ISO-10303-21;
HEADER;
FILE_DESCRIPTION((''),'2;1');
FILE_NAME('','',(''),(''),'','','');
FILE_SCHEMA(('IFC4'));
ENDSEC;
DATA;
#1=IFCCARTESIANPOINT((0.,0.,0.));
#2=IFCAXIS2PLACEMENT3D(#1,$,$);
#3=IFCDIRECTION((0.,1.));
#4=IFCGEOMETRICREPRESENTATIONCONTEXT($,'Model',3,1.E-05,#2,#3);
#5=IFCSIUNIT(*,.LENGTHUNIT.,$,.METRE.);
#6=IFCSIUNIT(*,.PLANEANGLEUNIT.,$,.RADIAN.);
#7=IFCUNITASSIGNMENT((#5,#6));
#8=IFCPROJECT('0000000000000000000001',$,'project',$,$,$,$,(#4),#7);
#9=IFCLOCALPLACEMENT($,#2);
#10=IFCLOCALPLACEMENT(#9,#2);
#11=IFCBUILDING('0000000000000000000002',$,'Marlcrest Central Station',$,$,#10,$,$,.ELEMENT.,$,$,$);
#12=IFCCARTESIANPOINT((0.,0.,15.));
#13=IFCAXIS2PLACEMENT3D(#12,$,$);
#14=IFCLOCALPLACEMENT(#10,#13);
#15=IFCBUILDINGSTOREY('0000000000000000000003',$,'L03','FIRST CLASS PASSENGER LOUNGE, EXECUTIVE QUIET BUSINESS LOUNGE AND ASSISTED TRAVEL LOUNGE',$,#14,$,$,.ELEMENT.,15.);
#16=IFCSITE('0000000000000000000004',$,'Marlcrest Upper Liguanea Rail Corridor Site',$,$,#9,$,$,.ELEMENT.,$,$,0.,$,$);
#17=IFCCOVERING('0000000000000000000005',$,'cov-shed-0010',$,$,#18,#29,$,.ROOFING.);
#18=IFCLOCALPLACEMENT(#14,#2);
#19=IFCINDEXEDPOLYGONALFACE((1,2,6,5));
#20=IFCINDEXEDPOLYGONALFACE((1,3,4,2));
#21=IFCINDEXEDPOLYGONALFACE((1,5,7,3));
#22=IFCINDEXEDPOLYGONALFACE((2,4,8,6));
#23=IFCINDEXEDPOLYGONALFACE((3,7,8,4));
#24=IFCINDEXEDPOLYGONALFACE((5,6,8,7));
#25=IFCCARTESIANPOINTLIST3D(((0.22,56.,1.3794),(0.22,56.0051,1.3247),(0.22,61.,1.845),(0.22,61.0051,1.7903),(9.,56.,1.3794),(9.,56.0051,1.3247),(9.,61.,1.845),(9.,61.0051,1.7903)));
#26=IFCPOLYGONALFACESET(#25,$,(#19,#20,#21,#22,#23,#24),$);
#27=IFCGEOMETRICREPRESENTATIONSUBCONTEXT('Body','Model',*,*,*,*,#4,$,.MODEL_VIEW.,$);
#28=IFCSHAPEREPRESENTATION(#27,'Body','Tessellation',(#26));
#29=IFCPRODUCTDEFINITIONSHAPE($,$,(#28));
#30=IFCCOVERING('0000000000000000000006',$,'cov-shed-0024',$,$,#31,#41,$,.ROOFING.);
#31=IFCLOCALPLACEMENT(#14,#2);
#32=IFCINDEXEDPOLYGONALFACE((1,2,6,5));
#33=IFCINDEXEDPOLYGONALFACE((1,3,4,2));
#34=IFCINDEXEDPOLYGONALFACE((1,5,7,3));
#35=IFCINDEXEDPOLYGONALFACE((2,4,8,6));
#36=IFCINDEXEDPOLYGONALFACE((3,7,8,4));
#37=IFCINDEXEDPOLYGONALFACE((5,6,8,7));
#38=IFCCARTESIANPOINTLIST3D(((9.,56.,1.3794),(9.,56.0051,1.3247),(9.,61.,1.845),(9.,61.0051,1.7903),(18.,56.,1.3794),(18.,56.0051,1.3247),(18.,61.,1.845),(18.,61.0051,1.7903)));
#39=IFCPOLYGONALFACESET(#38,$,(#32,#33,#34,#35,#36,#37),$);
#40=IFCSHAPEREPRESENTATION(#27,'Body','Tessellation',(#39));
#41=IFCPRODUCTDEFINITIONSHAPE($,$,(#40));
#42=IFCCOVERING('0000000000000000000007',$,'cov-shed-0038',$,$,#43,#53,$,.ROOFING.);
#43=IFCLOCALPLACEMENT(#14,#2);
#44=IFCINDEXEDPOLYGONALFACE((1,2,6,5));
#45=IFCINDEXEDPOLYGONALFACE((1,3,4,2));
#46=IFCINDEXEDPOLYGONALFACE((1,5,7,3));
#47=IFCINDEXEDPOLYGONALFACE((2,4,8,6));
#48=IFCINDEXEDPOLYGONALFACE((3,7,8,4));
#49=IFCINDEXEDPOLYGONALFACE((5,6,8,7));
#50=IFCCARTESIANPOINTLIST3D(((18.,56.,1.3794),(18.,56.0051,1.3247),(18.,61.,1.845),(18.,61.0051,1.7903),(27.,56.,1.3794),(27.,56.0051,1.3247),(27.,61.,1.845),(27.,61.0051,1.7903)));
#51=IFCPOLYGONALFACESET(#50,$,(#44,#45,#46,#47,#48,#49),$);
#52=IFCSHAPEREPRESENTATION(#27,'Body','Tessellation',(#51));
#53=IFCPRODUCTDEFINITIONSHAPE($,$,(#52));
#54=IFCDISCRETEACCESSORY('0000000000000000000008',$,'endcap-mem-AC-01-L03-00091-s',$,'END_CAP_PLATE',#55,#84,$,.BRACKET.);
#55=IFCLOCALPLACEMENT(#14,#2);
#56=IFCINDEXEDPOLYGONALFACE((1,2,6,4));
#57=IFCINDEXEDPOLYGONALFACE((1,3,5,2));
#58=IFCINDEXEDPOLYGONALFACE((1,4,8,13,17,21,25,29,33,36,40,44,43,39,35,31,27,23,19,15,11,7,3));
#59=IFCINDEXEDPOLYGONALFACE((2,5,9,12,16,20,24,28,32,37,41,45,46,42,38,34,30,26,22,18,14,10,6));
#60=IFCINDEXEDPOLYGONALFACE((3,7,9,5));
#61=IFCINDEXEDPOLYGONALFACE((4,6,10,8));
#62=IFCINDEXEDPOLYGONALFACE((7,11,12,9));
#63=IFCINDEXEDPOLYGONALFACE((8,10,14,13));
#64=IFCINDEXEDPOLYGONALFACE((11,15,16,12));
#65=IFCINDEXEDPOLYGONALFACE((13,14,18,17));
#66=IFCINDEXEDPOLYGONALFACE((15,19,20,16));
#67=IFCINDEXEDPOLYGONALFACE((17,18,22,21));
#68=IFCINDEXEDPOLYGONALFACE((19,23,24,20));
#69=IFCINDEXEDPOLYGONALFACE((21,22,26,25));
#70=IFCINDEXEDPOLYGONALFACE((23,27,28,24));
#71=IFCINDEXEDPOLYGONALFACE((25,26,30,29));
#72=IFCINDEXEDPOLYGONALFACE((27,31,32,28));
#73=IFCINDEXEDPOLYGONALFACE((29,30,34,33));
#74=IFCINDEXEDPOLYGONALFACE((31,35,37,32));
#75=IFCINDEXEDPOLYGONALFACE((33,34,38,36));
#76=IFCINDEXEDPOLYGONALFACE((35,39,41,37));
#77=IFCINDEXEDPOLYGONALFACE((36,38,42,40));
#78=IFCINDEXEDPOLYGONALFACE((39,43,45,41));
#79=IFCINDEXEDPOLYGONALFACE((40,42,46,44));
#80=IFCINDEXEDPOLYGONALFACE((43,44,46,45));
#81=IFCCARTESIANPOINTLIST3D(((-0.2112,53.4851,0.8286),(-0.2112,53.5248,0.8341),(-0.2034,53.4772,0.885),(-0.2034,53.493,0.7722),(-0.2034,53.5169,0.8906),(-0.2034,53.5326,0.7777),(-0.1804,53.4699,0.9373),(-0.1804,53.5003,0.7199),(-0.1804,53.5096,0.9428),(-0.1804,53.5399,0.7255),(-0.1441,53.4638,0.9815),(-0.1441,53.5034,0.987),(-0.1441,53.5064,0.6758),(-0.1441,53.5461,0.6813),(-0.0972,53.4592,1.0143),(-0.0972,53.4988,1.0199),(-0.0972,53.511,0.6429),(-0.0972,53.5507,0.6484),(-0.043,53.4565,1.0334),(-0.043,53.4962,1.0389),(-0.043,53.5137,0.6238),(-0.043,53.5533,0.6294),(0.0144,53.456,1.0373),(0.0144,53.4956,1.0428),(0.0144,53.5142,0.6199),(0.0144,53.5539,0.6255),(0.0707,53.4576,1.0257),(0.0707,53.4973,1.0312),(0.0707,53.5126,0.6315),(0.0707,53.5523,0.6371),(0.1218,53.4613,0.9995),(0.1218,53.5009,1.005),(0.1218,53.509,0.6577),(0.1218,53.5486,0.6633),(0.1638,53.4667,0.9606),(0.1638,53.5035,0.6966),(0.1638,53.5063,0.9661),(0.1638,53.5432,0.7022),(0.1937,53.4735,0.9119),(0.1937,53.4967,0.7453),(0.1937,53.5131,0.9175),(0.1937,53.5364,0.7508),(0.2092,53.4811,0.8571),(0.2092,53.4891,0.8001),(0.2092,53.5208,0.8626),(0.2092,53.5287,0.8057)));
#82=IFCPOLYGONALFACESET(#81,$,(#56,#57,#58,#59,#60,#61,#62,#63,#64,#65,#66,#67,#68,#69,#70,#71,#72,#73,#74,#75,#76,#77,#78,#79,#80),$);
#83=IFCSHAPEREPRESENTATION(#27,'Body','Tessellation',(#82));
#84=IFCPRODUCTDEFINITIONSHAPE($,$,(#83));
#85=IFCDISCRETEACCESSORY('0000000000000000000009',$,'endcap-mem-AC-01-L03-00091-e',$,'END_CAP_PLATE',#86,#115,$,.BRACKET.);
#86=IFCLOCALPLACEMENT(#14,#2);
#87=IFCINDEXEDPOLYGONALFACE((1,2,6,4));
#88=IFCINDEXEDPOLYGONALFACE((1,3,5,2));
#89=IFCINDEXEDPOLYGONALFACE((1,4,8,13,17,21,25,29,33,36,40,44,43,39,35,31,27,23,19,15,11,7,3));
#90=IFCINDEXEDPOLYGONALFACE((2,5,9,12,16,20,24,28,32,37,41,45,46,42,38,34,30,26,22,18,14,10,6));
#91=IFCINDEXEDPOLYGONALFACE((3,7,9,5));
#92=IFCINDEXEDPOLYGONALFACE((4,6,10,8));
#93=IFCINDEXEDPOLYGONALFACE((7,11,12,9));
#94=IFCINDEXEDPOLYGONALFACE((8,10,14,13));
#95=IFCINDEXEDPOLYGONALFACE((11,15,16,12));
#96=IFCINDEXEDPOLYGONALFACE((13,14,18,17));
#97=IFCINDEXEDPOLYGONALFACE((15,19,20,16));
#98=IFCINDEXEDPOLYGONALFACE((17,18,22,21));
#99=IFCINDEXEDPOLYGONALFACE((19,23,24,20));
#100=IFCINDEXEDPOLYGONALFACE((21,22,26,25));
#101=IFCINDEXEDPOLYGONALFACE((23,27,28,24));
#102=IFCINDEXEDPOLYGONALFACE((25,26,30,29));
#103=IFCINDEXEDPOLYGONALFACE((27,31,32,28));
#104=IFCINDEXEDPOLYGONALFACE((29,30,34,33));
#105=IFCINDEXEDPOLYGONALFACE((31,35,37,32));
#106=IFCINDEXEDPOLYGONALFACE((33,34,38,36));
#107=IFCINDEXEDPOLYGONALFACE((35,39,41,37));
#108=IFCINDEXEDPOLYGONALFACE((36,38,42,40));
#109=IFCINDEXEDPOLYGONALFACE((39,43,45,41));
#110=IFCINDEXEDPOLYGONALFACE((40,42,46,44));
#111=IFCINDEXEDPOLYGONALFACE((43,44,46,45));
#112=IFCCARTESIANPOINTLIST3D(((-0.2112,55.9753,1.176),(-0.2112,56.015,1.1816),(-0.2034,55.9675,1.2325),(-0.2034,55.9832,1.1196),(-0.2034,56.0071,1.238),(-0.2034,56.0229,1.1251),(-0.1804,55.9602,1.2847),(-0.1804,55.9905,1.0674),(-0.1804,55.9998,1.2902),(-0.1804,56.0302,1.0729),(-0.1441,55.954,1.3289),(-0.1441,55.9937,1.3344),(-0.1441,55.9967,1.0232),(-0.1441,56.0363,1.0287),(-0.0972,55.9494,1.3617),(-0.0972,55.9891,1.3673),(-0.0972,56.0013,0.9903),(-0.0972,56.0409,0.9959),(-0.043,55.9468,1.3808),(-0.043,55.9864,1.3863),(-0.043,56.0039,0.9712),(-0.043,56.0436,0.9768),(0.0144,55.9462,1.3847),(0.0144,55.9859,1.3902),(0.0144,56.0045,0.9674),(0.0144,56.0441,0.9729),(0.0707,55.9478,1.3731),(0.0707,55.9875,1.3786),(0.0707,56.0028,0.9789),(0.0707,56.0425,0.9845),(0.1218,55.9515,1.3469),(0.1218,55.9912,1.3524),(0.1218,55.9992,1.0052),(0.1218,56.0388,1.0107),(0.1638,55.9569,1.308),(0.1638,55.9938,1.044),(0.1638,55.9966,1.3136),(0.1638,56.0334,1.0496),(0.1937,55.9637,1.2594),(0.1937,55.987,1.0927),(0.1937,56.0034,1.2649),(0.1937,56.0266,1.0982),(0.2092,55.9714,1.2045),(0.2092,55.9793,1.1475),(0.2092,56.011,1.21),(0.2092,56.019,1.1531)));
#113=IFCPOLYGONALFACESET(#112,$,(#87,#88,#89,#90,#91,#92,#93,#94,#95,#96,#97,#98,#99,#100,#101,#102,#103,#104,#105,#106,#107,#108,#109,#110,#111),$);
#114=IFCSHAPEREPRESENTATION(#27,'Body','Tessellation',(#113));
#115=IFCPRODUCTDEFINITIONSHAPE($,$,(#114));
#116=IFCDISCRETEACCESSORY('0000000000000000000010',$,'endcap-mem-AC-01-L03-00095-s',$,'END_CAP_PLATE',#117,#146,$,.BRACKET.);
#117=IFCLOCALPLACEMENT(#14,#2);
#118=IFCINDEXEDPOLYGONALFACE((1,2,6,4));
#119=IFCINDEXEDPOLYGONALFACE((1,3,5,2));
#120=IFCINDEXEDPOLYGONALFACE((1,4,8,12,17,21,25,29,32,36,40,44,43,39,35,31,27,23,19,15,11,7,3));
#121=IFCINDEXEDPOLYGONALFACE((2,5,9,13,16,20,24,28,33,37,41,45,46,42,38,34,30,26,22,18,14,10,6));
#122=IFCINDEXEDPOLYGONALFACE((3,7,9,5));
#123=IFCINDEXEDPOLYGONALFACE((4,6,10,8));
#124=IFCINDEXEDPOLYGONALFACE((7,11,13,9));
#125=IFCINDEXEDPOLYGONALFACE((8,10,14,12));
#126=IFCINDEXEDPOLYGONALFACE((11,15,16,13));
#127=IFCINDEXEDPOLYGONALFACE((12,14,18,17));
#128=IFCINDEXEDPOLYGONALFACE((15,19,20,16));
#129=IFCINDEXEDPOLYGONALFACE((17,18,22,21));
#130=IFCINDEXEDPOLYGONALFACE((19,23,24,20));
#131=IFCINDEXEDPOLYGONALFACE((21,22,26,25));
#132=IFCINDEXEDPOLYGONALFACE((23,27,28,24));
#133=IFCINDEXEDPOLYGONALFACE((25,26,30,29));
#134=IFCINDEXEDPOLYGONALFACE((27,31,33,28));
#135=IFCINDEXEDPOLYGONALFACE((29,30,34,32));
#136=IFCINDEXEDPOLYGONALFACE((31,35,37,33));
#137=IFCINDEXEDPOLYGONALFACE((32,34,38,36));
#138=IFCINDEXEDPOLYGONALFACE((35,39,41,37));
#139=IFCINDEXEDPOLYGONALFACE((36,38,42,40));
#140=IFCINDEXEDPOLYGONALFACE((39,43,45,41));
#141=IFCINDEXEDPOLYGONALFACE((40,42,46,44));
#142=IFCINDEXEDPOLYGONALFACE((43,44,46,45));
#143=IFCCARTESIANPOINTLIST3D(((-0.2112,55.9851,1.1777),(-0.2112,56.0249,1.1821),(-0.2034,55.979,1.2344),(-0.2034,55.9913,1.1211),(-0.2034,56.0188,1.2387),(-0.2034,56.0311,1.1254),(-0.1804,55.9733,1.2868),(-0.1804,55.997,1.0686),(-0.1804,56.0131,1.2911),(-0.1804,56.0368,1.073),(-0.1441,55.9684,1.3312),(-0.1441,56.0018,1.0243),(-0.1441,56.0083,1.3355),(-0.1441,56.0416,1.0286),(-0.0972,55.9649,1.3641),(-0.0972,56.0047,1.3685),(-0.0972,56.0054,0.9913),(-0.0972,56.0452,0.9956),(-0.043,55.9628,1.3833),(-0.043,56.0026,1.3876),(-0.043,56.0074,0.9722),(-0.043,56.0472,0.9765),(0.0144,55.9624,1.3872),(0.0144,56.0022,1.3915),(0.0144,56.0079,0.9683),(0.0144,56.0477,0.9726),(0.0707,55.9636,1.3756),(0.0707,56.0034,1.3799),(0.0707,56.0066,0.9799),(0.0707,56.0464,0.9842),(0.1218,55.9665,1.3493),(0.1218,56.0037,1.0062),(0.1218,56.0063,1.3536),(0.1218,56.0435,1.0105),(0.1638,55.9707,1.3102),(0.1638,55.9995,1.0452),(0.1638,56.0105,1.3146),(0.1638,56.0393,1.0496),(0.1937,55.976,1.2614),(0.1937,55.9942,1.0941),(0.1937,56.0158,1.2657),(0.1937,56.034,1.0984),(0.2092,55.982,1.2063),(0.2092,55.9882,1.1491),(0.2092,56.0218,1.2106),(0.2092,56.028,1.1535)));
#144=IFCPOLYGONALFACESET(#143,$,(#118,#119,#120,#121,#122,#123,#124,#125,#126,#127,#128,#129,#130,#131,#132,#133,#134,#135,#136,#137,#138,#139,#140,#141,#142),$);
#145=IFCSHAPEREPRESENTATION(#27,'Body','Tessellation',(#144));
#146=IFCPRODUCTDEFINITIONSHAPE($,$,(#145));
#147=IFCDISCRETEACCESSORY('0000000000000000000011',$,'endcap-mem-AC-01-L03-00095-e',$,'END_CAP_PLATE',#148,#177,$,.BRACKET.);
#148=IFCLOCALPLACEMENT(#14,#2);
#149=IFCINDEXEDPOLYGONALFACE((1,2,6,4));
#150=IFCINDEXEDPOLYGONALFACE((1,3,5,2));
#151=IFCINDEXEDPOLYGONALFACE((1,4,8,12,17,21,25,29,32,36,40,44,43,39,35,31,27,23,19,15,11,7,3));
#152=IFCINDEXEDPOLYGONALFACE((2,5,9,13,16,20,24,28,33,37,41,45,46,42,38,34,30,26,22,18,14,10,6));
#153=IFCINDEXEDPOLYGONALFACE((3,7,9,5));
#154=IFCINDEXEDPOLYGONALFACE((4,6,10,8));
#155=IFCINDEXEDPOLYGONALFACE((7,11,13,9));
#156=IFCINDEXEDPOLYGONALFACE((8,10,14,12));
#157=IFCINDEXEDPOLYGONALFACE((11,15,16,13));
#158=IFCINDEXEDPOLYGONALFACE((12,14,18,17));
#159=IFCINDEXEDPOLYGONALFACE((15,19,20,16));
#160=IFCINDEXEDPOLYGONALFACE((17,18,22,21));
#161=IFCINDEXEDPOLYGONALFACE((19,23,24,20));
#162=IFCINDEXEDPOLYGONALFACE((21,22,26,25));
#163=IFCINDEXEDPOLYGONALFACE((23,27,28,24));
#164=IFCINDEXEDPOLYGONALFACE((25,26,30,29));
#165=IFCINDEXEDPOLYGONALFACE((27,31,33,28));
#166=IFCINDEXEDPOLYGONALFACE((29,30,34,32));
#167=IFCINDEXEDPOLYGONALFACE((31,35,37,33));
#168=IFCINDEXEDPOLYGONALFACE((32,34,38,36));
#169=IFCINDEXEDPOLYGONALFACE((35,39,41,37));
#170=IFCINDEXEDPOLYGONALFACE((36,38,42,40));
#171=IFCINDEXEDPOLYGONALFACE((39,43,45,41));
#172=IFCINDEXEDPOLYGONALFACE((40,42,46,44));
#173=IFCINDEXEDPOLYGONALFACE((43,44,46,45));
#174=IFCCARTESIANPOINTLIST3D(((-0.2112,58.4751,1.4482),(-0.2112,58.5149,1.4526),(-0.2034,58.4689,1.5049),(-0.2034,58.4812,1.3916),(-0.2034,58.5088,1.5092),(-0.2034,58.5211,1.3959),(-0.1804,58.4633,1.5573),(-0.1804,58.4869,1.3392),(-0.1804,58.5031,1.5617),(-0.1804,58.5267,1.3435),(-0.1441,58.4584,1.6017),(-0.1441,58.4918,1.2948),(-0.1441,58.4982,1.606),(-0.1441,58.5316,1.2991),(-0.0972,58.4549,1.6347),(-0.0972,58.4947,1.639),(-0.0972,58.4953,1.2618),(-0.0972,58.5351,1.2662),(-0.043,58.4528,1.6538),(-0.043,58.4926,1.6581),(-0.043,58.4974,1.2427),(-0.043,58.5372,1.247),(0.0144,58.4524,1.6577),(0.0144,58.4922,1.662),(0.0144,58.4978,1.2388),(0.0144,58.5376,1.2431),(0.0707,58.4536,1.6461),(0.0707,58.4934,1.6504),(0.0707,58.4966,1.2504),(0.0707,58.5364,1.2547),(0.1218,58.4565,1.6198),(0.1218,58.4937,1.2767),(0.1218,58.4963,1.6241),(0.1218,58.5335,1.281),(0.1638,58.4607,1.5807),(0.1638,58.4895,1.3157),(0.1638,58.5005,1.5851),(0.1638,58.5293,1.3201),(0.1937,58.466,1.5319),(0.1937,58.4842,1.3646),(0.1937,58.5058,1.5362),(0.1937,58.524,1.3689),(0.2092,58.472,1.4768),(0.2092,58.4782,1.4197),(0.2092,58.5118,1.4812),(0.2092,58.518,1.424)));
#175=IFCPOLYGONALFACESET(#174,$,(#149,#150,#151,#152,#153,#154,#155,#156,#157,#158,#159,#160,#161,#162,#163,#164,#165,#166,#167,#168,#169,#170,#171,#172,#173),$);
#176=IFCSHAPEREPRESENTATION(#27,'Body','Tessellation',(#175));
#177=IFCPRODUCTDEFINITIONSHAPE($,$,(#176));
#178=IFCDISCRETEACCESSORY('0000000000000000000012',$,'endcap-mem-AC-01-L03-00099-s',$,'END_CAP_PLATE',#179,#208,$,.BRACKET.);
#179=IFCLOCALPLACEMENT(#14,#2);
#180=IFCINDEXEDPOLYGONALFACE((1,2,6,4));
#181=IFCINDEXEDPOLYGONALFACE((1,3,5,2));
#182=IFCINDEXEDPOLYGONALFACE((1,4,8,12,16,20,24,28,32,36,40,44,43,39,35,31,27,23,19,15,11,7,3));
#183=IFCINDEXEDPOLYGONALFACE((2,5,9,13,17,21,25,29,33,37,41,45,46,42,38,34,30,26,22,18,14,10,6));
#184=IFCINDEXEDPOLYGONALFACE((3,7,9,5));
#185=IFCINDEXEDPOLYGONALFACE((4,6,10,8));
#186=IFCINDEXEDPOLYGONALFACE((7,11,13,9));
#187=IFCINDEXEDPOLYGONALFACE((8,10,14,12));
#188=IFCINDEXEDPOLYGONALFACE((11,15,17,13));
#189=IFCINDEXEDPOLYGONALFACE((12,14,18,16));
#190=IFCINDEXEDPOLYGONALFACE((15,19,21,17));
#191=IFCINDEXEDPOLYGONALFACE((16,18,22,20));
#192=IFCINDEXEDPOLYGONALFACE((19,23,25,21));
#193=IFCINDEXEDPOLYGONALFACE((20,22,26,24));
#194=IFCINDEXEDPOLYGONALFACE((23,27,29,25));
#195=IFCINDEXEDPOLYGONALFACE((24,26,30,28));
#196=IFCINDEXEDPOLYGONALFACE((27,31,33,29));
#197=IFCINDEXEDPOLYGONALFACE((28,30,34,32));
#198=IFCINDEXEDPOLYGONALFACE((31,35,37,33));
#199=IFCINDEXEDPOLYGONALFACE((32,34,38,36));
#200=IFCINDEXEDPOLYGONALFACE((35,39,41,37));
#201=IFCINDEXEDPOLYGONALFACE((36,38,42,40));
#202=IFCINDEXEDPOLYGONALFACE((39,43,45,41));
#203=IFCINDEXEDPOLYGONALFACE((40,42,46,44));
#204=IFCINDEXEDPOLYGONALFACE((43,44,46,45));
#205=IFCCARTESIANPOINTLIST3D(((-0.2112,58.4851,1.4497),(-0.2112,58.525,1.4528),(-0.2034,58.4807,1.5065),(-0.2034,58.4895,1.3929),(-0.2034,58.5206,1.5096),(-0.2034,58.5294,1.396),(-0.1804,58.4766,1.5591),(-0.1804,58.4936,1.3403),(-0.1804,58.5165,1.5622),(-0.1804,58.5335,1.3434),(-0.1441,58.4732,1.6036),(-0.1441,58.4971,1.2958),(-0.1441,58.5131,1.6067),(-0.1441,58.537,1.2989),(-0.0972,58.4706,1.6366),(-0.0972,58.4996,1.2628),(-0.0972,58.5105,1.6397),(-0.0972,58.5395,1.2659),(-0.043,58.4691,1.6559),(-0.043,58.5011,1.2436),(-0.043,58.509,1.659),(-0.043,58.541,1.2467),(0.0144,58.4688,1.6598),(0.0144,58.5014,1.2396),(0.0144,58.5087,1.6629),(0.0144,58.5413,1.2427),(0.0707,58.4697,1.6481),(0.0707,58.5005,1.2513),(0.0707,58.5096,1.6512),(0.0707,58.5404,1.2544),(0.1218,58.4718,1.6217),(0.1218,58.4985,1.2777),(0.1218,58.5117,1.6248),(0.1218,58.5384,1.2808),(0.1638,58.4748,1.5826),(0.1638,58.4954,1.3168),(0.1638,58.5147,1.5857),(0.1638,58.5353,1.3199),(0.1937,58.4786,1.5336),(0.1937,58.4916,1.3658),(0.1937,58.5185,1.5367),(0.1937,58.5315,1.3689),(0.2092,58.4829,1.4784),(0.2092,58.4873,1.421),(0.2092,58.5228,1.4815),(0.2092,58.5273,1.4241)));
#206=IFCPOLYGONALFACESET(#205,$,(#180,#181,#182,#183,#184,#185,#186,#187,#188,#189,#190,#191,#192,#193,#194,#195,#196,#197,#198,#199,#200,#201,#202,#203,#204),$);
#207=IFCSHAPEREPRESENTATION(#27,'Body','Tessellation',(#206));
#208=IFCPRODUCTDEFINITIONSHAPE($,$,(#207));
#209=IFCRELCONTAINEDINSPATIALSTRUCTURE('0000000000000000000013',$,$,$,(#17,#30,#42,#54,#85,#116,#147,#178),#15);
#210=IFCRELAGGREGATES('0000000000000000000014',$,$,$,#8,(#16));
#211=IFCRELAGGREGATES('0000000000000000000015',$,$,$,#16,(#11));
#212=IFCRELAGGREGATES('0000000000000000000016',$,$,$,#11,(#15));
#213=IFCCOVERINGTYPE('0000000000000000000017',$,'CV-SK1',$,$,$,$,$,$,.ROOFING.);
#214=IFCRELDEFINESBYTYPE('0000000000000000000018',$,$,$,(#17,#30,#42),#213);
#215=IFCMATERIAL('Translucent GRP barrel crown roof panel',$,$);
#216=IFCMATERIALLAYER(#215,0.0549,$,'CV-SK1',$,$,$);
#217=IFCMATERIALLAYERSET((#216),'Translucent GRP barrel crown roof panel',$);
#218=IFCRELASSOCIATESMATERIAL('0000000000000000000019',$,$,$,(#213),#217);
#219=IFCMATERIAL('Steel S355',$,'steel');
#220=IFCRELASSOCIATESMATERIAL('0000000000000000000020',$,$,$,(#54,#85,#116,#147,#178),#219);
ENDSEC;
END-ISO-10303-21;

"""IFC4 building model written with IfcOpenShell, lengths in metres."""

from ifc_helpers import new_model, si_unit, direction, frame, origin, origin_2d, place, context, subcontext, project, spatial, polyline, circle, outline, extrude, material, layer, layer_set, type_object, element, save


model = new_model("IFC4")

# Units and contexts
model_context = context("Model", 3, precision=1e-05, world=origin(), true_north=direction((0.0, 1.0)))
body_context = subcontext(model_context, "Body", "Model", "MODEL_VIEW")
ifc_project = project(units=[si_unit("LENGTHUNIT", "METRE"), si_unit("PLANEANGLEUNIT", "RADIAN")], contexts=[model_context])

# Site, building, storey
site_placement = place(None, origin())
site = spatial("IfcSite", under=ifc_project, at=site_placement, Name="Marlcrest Upper Liguanea Rail Corridor Site", CompositionType="ELEMENT", RefElevation=0.0)
building_placement = place(site_placement, origin())
building = spatial("IfcBuilding", under=site, at=building_placement, Name="Marlcrest Central Station", CompositionType="ELEMENT")
storey_placement = place(building_placement, frame((0.0, 0.0, 15.0)))
storey = spatial("IfcBuildingStorey", under=building, at=storey_placement, Name="L03", Description="FIRST CLASS PASSENGER LOUNGE, EXECUTIVE QUIET BUSINESS LOUNGE AND ASSISTED TRAVEL LOUNGE", CompositionType="ELEMENT", Elevation=15.0)

# Shared definitions
ifc_material_1 = material(Name="Steel S355", Category="steel")

# Coverings
ifc_material_2 = material(Name="Translucent GRP barrel crown roof panel")
ifc_layer = layer(ifc_material_2, 0.0549, Name="CV-SK1")
ifc_layer_set = layer_set([ifc_layer], Name="Translucent GRP barrel crown roof panel")
covering_type = type_object("IfcCoveringType", Name="CV-SK1", PredefinedType="ROOFING", material=ifc_layer_set)
covering_placement = place(storey_placement, frame((0.22, 56.0, 1.3794), z_axis=(0.0, -0.092714, 0.995693), x_axis=(1.0, 0.0, 0.0)))
element("IfcCovering", 1, at=covering_placement, inside=storey, type_object=covering_type, Name="cov-shed-0010", PredefinedType="ROOFING", context=body_context, shape_type="SweptSolid", body=[
    extrude(outline(polyline([(0.0, 0.0), (8.78, 0.0), (8.78, 5.0216), (0.0, 5.0216), (0.0, 0.0)])), origin(), (0.0, 0.0, -1.0), 0.0549),
])
for number, where, z_axis, x_axis, name in (
    (2, (9.0, 56.0, 1.3794), (0.0, -0.092714, 0.995693), (1.0, 0.0, 0.0), "cov-shed-0024"),
    (3, (18.0, 56.0, 1.3794), (0.0, -0.092714, 0.995693), (1.0, 0.0, 0.0), "cov-shed-0038"),
):
    element("IfcCovering", number, at=place(storey_placement, frame(where, z_axis=z_axis, x_axis=x_axis)), inside=storey, type_object=covering_type, Name=name, PredefinedType="ROOFING", context=body_context, shape_type="SweptSolid", body=[
        extrude(outline(polyline([(0.0, 0.0), (9.0, 0.0), (9.0, 5.0216), (0.0, 5.0216), (0.0, 0.0)])), origin(), (0.0, 0.0, -1.0), 0.0549),
    ])

# Discrete accessories
for number, where, z_axis, x_axis, name in (
    (4, (0.0, 53.4851, 0.8286), (0.0, 0.990403, 0.138211), (-1.0, 0.0, 0.0), "endcap-mem-AC-01-L03-00091-s"),
    (5, (0.0, 55.9753, 1.176), (0.0, 0.990403, 0.138211), (-1.0, 0.0, 0.0), "endcap-mem-AC-01-L03-00091-e"),
    (6, (0.0, 55.9851, 1.1777), (0.0, 0.994155, 0.107959), (-1.0, 0.0, 0.0), "endcap-mem-AC-01-L03-00095-s"),
    (7, (0.0, 58.4751, 1.4482), (0.0, 0.994155, 0.107959), (-1.0, 0.0, 0.0), "endcap-mem-AC-01-L03-00095-e"),
    (8, (0.0, 58.4851, 1.4497), (0.0, 0.997, 0.077404), (-1.0, 0.0, 0.0), "endcap-mem-AC-01-L03-00099-s"),
):
    element("IfcDiscreteAccessory", number, at=place(storey_placement, frame(where, z_axis=z_axis, x_axis=x_axis)), inside=storey, material=ifc_material_1, Name=name, ObjectType="END_CAP_PLATE", PredefinedType="BRACKET", context=body_context, shape_type="SweptSolid", body=[
        extrude(circle(Radius=0.2112, at=origin_2d()), origin(), (0.0, 0.0, 1.0), 0.04),
    ])

save(model, "model.ifc")
